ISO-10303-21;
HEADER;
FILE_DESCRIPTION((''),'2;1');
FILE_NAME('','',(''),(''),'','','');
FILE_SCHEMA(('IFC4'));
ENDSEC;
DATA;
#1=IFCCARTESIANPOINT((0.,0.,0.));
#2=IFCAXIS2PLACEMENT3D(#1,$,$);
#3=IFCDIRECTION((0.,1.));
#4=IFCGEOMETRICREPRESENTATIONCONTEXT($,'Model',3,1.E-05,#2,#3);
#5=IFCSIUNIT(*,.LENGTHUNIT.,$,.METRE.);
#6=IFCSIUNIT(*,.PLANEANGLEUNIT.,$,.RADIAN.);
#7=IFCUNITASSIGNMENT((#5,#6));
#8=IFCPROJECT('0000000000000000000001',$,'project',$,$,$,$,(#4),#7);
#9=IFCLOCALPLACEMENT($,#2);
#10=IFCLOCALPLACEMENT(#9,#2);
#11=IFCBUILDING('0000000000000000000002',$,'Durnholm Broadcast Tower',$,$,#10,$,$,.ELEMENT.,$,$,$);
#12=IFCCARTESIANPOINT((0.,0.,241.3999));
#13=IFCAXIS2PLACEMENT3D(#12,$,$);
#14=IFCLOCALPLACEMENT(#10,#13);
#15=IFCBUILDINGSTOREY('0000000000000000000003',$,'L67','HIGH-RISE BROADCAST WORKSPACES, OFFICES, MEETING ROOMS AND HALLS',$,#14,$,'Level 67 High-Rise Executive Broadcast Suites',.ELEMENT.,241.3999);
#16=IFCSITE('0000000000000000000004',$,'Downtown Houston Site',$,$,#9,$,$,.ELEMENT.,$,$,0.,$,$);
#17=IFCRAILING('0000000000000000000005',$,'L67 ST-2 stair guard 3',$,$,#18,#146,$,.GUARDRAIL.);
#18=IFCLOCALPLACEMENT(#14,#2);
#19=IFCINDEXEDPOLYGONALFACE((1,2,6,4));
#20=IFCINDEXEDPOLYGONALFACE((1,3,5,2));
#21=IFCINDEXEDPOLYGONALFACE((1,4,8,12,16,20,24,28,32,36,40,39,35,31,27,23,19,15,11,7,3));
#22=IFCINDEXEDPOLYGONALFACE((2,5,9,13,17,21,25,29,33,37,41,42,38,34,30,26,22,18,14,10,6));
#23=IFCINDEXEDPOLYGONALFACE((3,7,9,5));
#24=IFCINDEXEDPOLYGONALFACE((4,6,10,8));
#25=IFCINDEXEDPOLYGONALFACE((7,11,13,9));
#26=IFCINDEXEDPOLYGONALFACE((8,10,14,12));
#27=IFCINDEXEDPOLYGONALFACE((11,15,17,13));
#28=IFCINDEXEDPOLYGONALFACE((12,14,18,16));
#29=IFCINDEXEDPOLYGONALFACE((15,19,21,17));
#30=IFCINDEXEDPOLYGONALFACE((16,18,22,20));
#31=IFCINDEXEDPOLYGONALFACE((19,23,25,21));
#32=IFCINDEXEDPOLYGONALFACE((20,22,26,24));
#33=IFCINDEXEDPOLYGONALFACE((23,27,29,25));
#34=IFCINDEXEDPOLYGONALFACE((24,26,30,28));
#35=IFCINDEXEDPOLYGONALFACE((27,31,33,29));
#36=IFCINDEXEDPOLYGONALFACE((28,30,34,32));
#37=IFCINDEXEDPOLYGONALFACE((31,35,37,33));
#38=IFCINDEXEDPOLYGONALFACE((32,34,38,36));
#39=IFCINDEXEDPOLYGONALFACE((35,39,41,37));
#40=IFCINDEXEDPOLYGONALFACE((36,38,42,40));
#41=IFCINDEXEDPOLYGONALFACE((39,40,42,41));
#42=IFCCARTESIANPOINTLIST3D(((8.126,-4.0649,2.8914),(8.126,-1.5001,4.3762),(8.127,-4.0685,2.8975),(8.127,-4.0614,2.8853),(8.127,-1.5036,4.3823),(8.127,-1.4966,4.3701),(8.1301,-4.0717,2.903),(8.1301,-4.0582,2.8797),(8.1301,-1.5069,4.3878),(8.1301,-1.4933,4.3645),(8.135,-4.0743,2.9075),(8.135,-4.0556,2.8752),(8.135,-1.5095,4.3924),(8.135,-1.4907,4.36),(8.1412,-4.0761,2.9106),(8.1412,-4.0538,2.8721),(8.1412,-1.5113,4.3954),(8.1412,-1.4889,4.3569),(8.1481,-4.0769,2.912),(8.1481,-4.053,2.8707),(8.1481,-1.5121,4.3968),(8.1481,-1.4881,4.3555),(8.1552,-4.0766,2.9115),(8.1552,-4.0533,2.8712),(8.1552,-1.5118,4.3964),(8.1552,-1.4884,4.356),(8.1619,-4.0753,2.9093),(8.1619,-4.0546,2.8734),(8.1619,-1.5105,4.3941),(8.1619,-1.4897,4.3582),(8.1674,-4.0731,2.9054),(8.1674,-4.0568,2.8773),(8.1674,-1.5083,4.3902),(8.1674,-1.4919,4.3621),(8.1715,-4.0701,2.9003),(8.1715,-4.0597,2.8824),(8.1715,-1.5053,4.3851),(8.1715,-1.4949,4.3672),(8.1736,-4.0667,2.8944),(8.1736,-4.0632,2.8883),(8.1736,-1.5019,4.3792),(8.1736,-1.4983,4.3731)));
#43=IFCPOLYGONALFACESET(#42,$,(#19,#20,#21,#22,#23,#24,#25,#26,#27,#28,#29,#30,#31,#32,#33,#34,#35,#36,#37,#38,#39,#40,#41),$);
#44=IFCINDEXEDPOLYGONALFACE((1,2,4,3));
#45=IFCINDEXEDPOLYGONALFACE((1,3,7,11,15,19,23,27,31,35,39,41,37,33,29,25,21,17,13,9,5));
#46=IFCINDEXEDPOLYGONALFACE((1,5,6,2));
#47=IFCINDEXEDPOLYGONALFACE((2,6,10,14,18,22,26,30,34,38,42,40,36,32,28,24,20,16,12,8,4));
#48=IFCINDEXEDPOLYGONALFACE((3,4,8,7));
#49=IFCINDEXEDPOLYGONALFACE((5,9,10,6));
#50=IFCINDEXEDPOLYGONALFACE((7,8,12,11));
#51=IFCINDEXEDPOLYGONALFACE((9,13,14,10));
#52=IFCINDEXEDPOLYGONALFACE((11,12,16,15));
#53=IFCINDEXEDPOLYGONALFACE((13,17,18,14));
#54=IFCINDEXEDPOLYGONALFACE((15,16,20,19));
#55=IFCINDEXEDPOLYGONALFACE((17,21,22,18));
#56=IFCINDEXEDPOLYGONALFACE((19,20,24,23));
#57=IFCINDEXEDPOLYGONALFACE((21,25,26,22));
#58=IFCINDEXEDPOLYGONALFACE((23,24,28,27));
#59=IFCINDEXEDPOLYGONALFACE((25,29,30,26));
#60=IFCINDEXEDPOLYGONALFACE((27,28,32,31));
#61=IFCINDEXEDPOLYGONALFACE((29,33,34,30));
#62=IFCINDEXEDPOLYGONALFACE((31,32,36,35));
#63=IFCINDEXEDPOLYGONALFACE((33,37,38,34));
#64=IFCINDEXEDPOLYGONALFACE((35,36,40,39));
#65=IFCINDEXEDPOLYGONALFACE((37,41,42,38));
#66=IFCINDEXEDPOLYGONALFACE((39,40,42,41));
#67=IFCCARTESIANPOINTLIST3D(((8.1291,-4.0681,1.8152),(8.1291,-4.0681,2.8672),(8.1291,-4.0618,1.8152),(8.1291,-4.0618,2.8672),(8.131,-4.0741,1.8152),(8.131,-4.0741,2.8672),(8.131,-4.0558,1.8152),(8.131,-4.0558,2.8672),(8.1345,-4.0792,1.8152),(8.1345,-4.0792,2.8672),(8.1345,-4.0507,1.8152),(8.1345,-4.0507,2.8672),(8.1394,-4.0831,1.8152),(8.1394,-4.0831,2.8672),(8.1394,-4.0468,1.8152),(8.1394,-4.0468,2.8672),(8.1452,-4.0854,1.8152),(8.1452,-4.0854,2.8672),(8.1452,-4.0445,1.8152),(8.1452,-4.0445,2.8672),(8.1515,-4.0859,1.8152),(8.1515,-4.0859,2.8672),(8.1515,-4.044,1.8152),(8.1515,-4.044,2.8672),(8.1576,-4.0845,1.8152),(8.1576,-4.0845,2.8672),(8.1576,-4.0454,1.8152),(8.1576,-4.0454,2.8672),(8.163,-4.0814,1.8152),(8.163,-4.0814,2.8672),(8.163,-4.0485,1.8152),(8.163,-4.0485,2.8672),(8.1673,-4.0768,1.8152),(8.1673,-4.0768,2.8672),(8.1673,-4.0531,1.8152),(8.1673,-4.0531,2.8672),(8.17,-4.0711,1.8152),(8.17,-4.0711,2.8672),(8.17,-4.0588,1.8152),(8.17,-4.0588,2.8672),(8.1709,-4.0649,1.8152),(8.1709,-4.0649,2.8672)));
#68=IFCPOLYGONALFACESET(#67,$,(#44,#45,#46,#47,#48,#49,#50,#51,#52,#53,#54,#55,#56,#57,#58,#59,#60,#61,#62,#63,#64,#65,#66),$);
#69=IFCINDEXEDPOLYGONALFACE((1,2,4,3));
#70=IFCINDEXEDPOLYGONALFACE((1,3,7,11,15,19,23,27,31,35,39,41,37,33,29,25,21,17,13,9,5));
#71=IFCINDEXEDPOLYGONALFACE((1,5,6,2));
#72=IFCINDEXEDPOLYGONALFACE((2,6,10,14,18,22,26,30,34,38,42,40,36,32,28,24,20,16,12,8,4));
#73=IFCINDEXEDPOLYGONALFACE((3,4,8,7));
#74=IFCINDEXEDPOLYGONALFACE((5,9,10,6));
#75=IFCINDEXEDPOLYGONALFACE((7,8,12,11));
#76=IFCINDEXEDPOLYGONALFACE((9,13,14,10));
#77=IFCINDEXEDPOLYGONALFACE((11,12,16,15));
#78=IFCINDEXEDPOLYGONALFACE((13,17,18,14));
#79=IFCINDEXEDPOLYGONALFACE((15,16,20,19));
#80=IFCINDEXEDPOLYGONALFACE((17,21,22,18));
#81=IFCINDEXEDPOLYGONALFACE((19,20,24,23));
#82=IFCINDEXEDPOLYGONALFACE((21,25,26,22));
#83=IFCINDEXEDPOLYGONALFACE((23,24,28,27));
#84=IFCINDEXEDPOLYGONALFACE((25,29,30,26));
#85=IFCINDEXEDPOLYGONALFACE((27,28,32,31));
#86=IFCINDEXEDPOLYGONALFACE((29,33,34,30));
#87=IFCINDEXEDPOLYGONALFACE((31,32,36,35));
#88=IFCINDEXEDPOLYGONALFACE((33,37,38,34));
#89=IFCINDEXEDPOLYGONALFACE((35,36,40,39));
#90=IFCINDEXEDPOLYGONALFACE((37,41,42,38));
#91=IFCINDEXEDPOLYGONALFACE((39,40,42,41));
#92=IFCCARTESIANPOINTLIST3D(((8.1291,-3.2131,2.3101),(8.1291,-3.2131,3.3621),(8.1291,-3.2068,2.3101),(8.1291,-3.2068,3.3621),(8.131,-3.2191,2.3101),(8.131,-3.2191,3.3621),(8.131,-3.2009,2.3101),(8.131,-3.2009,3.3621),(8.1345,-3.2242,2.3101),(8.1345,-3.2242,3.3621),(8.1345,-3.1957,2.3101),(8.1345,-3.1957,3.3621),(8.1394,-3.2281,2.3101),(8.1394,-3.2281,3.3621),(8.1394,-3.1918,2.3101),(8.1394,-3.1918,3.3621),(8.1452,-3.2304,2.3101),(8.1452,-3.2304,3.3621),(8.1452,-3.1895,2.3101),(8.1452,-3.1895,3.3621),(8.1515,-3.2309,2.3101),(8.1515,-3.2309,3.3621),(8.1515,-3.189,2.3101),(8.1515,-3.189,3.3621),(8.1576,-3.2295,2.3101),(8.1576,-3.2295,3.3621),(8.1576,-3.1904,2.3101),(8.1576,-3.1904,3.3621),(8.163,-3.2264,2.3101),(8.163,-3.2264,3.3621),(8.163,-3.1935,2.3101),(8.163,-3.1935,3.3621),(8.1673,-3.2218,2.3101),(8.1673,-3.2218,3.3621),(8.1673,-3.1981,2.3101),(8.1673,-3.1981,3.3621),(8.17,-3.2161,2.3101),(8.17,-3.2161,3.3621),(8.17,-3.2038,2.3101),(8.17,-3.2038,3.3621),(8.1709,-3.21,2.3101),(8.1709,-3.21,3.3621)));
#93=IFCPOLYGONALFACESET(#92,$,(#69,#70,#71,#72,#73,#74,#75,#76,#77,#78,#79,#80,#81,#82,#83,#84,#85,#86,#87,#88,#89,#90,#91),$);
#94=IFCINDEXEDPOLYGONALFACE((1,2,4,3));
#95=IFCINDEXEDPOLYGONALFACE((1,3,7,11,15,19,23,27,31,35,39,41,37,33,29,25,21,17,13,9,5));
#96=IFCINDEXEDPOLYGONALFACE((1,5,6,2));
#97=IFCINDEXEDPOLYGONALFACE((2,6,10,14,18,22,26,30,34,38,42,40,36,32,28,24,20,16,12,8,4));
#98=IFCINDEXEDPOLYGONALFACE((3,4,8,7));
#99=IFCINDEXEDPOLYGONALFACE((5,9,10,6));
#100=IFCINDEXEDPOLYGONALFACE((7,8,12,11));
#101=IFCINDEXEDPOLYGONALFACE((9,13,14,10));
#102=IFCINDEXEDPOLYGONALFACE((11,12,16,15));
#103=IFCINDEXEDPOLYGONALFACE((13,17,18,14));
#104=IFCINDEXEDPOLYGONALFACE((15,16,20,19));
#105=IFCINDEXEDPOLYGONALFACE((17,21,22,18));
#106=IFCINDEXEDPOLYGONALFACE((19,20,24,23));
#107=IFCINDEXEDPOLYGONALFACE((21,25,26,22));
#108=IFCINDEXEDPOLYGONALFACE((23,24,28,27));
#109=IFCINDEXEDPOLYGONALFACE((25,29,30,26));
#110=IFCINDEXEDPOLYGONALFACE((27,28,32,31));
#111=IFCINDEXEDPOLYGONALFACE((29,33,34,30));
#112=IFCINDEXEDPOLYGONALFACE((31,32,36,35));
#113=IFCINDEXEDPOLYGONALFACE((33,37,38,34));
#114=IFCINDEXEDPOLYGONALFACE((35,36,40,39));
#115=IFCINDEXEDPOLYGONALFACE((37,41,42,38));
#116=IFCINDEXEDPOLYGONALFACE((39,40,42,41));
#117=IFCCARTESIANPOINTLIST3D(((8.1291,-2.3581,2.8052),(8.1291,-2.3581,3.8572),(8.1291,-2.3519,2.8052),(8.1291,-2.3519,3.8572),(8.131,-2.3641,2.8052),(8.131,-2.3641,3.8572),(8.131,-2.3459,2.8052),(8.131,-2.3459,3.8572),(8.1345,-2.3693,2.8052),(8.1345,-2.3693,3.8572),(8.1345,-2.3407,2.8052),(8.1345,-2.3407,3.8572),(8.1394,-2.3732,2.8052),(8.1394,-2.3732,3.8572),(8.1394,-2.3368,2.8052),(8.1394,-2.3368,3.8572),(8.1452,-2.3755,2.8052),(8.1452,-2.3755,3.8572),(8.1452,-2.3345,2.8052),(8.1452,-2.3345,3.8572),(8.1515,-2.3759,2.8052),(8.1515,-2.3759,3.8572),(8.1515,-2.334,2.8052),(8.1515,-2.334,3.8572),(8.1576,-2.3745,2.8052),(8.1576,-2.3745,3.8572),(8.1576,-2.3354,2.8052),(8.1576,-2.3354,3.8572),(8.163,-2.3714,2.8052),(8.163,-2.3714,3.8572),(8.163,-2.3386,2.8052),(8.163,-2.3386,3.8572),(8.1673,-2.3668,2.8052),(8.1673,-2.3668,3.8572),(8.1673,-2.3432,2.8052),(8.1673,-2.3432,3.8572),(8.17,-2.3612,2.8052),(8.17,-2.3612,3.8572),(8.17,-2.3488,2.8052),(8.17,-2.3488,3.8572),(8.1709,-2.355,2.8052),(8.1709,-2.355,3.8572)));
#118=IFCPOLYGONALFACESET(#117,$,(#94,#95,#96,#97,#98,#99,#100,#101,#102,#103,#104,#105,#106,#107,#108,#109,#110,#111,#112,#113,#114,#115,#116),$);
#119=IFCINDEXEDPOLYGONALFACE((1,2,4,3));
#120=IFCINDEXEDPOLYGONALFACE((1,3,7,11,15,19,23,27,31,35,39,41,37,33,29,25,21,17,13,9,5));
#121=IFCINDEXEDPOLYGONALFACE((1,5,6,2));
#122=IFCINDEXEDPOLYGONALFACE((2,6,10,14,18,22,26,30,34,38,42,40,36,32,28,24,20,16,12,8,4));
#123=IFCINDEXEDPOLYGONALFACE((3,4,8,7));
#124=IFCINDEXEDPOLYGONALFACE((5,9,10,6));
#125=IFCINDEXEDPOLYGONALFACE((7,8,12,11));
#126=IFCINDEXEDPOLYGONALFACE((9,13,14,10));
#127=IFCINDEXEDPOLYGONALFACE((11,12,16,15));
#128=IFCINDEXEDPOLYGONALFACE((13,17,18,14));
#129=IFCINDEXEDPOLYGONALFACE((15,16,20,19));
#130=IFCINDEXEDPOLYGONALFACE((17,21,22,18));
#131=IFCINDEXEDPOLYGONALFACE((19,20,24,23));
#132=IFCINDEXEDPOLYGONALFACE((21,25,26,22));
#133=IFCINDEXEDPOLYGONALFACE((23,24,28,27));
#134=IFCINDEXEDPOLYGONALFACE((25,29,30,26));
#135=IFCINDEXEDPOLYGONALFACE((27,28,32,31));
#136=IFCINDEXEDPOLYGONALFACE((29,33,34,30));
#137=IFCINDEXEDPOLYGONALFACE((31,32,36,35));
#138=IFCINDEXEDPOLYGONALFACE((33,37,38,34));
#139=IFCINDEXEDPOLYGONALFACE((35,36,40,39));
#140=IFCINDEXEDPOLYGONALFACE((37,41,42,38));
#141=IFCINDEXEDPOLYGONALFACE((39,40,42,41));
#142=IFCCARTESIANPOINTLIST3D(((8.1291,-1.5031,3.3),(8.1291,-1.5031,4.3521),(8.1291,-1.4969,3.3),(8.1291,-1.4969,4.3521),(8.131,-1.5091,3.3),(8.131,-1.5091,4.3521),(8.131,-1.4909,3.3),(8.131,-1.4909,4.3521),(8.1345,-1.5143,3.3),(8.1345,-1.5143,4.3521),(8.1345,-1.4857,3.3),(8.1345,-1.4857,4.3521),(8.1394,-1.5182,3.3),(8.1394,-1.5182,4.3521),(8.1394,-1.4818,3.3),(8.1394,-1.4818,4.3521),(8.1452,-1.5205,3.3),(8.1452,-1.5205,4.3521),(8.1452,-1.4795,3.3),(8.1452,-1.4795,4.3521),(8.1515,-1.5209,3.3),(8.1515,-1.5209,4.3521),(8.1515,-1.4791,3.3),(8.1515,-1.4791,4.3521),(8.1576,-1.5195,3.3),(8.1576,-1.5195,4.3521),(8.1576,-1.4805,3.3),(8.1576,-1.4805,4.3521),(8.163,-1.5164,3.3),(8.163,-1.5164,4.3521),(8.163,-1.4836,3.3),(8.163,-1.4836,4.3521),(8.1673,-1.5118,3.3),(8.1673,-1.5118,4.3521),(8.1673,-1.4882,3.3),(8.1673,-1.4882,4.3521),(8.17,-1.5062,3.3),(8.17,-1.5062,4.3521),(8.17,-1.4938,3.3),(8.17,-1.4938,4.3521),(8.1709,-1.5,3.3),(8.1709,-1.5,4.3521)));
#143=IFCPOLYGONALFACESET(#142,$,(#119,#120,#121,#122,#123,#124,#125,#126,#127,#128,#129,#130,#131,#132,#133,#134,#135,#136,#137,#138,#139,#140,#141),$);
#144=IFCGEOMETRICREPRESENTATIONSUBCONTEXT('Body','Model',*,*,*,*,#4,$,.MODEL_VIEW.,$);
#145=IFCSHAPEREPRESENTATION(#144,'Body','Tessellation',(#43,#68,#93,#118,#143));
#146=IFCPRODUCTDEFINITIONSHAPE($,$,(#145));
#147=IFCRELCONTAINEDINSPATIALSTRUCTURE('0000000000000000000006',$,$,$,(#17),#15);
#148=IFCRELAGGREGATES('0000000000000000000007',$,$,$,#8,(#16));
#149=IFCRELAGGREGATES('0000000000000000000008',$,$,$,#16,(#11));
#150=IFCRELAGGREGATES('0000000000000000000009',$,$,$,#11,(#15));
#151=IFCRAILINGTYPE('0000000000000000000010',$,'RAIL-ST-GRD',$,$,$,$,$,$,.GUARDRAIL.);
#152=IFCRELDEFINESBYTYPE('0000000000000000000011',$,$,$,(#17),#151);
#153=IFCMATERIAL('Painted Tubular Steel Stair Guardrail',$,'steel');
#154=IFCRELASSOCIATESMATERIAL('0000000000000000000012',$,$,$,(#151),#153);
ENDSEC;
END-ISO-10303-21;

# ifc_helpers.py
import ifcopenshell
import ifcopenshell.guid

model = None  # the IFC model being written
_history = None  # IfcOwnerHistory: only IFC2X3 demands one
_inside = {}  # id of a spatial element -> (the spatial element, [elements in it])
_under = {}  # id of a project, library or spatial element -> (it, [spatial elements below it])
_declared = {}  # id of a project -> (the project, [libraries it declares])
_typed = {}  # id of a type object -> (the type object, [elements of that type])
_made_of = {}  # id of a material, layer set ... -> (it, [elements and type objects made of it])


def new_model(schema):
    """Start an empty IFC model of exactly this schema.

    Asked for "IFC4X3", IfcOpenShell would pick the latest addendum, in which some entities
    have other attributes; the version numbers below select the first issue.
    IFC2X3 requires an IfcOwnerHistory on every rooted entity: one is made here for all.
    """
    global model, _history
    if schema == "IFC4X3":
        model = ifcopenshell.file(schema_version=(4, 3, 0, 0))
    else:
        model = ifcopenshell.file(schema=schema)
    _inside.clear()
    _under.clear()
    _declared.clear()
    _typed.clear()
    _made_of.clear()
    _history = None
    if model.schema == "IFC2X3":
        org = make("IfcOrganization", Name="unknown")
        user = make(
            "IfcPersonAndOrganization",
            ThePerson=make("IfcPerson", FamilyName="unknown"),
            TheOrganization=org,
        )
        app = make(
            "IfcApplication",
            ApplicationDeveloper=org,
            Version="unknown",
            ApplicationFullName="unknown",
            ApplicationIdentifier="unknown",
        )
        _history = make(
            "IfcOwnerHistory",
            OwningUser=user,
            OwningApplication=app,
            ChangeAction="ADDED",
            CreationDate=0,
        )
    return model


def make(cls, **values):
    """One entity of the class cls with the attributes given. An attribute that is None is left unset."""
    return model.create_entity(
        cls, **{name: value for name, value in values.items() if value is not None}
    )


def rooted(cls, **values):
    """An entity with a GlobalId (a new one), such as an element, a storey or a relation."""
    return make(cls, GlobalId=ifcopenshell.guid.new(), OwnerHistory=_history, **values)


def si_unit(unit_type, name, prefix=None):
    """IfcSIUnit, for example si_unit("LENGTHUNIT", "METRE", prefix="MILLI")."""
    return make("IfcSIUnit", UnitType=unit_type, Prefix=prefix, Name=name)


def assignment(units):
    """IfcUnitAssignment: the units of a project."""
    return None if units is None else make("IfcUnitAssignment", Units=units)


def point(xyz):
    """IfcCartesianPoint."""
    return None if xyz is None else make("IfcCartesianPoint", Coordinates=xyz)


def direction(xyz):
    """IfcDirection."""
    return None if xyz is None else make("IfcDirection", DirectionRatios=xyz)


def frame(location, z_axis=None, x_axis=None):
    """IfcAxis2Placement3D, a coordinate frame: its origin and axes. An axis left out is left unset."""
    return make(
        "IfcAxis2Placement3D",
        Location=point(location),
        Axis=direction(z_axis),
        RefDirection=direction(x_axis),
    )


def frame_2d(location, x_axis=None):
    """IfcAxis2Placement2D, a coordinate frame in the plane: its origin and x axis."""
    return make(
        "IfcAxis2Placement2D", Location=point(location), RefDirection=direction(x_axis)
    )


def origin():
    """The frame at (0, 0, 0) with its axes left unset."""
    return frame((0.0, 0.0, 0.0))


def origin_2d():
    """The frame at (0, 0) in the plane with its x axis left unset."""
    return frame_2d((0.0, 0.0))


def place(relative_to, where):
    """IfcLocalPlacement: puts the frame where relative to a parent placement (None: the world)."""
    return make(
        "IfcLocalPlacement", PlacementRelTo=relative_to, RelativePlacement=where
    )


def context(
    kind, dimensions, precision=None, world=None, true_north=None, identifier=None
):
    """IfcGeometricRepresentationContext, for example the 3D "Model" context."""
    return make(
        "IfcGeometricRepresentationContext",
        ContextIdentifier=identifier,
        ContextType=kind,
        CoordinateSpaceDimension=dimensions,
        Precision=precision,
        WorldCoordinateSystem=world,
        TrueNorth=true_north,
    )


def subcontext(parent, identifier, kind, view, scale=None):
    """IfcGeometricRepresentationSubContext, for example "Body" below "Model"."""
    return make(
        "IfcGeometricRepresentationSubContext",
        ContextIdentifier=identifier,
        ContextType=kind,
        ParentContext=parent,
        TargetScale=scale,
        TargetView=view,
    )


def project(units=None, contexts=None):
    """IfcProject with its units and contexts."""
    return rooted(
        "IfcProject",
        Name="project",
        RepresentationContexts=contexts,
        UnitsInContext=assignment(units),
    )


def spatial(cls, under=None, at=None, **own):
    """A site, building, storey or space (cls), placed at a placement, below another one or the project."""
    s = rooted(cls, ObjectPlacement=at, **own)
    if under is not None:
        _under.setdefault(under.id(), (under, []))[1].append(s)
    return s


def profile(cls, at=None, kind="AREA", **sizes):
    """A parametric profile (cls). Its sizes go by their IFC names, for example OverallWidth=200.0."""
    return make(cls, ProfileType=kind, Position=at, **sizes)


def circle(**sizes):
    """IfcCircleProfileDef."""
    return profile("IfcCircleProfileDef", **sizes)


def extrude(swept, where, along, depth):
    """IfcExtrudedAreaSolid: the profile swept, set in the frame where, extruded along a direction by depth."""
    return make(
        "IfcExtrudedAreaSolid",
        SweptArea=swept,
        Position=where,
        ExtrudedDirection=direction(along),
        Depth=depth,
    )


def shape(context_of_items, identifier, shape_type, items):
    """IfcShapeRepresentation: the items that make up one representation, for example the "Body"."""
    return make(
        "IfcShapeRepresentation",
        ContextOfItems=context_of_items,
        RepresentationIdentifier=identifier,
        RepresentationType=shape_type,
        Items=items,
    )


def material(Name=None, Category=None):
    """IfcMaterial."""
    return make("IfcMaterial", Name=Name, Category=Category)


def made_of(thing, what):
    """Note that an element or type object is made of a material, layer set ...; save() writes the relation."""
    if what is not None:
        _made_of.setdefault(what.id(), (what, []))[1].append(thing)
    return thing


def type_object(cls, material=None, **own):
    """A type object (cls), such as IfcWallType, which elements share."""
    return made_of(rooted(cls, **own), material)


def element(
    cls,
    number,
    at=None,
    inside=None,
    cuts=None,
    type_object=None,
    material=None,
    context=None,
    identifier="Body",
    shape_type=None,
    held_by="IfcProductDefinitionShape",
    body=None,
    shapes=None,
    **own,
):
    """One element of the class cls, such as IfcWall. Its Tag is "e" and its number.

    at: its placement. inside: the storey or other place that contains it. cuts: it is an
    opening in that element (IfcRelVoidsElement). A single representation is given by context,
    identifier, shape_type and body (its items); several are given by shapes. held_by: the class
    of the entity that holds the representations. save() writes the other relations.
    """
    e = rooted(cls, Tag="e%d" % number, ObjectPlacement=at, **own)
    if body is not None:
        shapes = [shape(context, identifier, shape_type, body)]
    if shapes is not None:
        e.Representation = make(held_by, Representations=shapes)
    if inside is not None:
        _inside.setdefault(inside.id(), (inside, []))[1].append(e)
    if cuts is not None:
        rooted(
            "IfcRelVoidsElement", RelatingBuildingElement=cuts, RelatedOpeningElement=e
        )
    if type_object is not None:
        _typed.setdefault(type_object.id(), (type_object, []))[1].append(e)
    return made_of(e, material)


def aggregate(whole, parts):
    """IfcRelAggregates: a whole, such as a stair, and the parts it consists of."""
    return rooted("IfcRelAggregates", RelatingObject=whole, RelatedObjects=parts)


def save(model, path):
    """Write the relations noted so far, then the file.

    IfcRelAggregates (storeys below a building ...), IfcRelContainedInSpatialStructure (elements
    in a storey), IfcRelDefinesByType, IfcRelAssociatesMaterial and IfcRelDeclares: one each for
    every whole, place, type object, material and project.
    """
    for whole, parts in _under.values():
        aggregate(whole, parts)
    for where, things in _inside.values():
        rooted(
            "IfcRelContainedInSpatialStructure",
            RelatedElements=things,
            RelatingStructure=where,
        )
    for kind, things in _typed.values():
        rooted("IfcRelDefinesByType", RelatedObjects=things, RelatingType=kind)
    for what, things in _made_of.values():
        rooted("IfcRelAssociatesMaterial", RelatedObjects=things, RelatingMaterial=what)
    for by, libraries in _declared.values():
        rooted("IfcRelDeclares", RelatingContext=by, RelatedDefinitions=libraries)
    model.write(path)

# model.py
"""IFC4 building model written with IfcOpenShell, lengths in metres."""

from ifc_helpers import new_model, si_unit, direction, frame, origin, origin_2d, place, context, subcontext, project, spatial, circle, extrude, material, type_object, element, save


model = new_model("IFC4")

# Units and contexts
model_context = context("Model", 3, precision=1e-05, world=origin(), true_north=direction((0.0, 1.0)))
body_context = subcontext(model_context, "Body", "Model", "MODEL_VIEW")
ifc_project = project(units=[si_unit("LENGTHUNIT", "METRE"), si_unit("PLANEANGLEUNIT", "RADIAN")], contexts=[model_context])

# Site, building, storey
site_placement = place(None, origin())
site = spatial("IfcSite", under=ifc_project, at=site_placement, Name="Downtown Houston Site", CompositionType="ELEMENT", RefElevation=0.0)
building_placement = place(site_placement, origin())
building = spatial("IfcBuilding", under=site, at=building_placement, Name="Durnholm Broadcast Tower", CompositionType="ELEMENT")
storey_placement = place(building_placement, frame((0.0, 0.0, 241.3999)))
storey = spatial("IfcBuildingStorey", under=building, at=storey_placement, Name="L67", Description="HIGH-RISE BROADCAST WORKSPACES, OFFICES, MEETING ROOMS AND HALLS", LongName="Level 67 High-Rise Executive Broadcast Suites", CompositionType="ELEMENT", Elevation=241.3999)

# Railing
ifc_material_1 = material(Name="Painted Tubular Steel Stair Guardrail", Category="steel")
railing_type_1 = type_object("IfcRailingType", Name="RAIL-ST-GRD", PredefinedType="GUARDRAIL", material=ifc_material_1)
railing_1_placement = place(storey_placement, frame((8.1499, -4.0649, 1.8152)))
element("IfcRailing", 1, at=railing_1_placement, inside=storey, type_object=railing_type_1, Name="L67 ST-2 stair guard 3", PredefinedType="GUARDRAIL", context=body_context, shape_type="SweptSolid", body=[
    extrude(circle(Radius=0.0239, at=origin_2d()), frame((0.0, 0.0, 1.0762), z_axis=(0.0, 0.865441, 0.50101), x_axis=(-1.0, 0.0, 0.0)), (0.0, 0.0, 1.0), 2.9636),
    extrude(circle(Radius=0.021, at=origin_2d()), origin(), (0.0, 0.0, 1.0), 1.052),
    extrude(circle(Radius=0.021, at=origin_2d()), frame((0.0, 0.855, 0.4949)), (0.0, 0.0, 1.0), 1.052),
    extrude(circle(Radius=0.021, at=origin_2d()), frame((0.0, 1.71, 0.99)), (0.0, 0.0, 1.0), 1.052),
    extrude(circle(Radius=0.021, at=origin_2d()), frame((0.0, 2.5649, 1.4849)), (0.0, 0.0, 1.0), 1.052),
])

save(model, "model.ifc")
